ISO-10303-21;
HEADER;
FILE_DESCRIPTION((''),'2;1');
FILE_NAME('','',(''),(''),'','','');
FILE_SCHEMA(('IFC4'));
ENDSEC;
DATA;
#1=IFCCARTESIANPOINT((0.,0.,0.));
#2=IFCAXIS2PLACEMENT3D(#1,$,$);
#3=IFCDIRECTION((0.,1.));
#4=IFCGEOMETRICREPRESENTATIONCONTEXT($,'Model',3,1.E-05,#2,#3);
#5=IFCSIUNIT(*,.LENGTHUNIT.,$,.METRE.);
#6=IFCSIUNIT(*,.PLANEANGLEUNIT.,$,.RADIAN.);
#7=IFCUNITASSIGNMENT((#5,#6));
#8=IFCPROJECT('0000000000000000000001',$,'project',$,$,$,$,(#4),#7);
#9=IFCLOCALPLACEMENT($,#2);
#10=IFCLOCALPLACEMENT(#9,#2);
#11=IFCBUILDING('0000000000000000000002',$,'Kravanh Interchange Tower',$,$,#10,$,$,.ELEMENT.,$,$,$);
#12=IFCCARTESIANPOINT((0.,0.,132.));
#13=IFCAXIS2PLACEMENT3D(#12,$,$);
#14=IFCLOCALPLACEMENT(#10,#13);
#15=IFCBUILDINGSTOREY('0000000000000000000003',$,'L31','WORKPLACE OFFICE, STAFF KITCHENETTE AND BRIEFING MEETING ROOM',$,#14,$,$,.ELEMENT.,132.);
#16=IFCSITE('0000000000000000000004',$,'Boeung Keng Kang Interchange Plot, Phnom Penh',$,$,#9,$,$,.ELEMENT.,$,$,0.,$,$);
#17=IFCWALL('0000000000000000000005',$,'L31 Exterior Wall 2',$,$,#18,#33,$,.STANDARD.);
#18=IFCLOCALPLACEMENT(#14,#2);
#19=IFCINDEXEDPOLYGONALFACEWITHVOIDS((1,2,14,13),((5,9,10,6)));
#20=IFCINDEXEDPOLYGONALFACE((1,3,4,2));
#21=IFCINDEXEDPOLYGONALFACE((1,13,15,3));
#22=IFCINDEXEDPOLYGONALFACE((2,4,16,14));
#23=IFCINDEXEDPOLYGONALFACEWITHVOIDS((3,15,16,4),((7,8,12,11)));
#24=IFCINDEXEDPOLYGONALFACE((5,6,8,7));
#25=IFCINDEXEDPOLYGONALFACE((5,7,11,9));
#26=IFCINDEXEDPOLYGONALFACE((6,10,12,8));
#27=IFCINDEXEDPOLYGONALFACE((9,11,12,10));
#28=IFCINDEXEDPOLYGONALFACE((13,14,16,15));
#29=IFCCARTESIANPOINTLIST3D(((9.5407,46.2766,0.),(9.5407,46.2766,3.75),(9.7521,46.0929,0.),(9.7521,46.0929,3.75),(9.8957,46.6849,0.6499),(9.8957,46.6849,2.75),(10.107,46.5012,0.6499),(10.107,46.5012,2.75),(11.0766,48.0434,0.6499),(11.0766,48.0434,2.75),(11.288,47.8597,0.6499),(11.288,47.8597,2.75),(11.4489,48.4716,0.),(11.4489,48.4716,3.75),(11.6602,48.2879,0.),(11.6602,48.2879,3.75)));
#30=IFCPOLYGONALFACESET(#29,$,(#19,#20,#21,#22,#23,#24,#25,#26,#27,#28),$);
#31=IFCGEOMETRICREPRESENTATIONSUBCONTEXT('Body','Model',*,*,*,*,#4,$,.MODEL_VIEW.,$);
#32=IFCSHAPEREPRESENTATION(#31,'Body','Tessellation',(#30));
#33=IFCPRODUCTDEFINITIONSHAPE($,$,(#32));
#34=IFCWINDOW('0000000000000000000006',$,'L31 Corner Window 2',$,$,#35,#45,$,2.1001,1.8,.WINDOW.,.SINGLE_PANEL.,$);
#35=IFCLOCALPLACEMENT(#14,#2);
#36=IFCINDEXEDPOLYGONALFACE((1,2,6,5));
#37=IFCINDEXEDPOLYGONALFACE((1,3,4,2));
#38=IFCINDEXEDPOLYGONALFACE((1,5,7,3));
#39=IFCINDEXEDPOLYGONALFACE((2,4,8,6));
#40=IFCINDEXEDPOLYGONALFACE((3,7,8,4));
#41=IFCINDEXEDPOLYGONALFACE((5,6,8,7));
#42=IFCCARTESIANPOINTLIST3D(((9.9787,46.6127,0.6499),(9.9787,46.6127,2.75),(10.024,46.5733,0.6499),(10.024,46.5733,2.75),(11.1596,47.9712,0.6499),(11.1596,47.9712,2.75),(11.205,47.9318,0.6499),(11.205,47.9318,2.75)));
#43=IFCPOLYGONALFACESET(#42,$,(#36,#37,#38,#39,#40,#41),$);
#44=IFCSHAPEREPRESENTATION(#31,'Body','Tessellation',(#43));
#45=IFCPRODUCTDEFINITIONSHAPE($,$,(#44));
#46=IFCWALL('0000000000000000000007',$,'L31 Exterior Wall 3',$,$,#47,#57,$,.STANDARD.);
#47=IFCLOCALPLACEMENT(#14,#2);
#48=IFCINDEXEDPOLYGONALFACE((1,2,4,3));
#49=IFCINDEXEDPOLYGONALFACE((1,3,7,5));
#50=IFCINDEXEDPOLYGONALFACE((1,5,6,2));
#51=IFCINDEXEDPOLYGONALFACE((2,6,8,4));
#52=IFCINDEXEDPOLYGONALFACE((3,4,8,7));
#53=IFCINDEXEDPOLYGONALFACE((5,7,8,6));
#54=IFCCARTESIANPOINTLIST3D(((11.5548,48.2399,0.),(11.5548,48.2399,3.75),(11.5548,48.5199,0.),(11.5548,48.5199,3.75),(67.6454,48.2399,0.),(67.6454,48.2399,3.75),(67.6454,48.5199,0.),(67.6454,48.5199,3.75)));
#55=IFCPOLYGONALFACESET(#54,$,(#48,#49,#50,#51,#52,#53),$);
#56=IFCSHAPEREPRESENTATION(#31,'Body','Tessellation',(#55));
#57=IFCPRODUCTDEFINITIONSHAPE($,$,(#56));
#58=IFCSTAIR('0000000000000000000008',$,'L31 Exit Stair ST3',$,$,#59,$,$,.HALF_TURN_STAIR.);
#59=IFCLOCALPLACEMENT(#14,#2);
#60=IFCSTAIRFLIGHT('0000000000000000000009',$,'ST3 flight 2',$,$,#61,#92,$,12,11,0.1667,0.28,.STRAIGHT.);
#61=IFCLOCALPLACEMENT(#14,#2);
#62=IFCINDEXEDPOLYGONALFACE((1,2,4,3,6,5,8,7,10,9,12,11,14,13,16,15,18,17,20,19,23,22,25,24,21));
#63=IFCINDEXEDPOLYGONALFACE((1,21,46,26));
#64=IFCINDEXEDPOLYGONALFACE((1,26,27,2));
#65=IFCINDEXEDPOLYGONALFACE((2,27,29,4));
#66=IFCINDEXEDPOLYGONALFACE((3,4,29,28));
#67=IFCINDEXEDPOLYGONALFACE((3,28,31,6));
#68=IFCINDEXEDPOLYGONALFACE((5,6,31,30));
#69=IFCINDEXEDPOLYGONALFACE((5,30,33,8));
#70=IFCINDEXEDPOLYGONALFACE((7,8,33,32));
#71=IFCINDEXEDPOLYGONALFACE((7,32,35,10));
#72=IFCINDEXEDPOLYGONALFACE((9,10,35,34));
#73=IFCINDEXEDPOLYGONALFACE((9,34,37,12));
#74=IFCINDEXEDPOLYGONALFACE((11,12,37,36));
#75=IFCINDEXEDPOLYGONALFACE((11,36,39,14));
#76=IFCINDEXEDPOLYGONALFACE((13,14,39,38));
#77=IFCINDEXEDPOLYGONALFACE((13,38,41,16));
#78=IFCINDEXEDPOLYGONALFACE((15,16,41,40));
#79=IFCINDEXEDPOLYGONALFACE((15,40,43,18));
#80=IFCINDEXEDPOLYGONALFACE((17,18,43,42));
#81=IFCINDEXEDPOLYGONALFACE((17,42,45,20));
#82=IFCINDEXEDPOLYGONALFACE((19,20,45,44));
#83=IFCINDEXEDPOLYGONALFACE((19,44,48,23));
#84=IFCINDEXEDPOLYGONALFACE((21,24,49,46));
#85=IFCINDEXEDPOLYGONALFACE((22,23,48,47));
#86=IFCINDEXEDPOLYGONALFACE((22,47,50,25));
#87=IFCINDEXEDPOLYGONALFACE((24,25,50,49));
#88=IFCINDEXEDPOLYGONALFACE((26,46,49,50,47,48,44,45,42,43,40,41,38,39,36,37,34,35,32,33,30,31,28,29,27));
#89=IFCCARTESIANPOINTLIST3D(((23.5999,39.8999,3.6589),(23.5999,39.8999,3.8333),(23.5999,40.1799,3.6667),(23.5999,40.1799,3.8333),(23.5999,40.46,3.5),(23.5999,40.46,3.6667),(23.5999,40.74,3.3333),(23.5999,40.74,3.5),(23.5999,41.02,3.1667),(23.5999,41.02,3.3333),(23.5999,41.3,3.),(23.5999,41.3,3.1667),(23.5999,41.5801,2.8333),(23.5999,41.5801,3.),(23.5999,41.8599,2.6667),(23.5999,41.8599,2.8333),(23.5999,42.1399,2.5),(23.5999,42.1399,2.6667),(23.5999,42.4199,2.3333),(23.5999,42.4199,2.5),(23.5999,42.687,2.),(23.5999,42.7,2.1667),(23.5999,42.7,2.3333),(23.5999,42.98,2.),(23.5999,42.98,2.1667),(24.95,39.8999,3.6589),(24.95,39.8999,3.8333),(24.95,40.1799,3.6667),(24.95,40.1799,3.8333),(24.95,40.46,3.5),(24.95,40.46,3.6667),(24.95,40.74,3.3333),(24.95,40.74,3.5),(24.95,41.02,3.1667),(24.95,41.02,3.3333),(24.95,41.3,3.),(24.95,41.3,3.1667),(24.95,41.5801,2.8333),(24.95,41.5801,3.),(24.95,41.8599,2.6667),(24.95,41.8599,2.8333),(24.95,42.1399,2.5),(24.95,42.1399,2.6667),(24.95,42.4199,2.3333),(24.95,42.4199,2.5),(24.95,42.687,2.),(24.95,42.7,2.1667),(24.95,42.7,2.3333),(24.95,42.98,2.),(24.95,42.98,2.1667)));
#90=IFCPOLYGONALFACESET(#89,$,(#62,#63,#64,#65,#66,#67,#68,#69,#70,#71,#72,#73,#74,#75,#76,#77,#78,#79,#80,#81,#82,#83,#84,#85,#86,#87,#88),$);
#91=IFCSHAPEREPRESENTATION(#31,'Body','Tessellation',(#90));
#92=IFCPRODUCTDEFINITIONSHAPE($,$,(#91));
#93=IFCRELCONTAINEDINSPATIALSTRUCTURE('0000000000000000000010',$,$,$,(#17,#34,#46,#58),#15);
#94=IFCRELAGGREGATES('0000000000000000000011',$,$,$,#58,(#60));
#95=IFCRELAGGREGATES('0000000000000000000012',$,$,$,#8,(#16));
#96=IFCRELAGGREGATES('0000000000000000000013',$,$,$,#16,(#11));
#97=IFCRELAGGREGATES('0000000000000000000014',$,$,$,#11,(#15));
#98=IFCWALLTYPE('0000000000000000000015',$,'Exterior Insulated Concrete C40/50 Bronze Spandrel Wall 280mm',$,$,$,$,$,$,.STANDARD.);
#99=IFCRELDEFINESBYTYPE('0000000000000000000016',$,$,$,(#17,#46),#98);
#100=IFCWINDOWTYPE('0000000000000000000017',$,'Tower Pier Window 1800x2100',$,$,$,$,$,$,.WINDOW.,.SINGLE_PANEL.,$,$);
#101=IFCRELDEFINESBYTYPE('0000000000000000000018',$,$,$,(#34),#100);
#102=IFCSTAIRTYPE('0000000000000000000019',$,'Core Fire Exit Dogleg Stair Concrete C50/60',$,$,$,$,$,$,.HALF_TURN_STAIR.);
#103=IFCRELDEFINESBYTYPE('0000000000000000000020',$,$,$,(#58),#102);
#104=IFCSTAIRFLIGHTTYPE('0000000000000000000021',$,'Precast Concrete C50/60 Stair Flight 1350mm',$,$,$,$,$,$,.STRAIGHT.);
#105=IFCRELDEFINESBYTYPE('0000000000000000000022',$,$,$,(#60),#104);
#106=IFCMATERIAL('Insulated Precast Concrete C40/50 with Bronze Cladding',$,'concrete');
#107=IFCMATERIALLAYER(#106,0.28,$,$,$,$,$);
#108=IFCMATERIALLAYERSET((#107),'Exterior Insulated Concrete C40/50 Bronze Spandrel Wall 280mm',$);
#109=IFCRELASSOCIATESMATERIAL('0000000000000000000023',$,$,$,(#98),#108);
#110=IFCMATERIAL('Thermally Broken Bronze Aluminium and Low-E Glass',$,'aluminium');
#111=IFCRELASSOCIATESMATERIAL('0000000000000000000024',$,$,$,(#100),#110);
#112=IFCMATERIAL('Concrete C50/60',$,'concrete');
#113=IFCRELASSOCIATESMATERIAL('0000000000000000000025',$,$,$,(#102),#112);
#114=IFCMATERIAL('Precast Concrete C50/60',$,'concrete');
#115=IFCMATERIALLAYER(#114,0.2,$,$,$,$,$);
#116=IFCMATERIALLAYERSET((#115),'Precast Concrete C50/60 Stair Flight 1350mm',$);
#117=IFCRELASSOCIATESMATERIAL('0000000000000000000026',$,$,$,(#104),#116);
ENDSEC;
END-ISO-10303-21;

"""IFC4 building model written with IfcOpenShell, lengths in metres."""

from ifc_helpers import new_model, si_unit, direction, frame, frame_2d, origin, place, context, subcontext, project, spatial, polyline, rectangle, outline, extrude, material, layer, layer_set, type_object, element, fill, aggregate, save


model = new_model("IFC4")

# Units and contexts
model_context = context("Model", 3, precision=1e-05, world=origin(), true_north=direction((0.0, 1.0)))
body_context = subcontext(model_context, "Body", "Model", "MODEL_VIEW")
ifc_project = project(units=[si_unit("LENGTHUNIT", "METRE"), si_unit("PLANEANGLEUNIT", "RADIAN")], contexts=[model_context])

# Site, building, storey
site_placement = place(None, origin())
site = spatial("IfcSite", under=ifc_project, at=site_placement, Name="Boeung Keng Kang Interchange Plot, Phnom Penh", CompositionType="ELEMENT", RefElevation=0.0)
building_placement = place(site_placement, origin())
building = spatial("IfcBuilding", under=site, at=building_placement, Name="Kravanh Interchange Tower", CompositionType="ELEMENT")
storey_placement = place(building_placement, frame((0.0, 0.0, 132.0)))
storey = spatial("IfcBuildingStorey", under=building, at=storey_placement, Name="L31", Description="WORKPLACE OFFICE, STAFF KITCHENETTE AND BRIEFING MEETING ROOM", CompositionType="ELEMENT", Elevation=132.0)

# Wall, opening, window
ifc_material_1 = material(Name="Insulated Precast Concrete C40/50 with Bronze Cladding", Category="concrete")
ifc_layer_1 = layer(ifc_material_1, 0.28)
ifc_layer_set_1 = layer_set([ifc_layer_1], Name="Exterior Insulated Concrete C40/50 Bronze Spandrel Wall 280mm")
wall_type_1 = type_object("IfcWallType", Name="Exterior Insulated Concrete C40/50 Bronze Spandrel Wall 280mm", PredefinedType="STANDARD", material=ifc_layer_set_1)
ifc_material_2 = material(Name="Thermally Broken Bronze Aluminium and Low-E Glass", Category="aluminium")
window_type = type_object("IfcWindowType", Name="Tower Pier Window 1800x2100", PartitioningType="SINGLE_PANEL", PredefinedType="WINDOW", material=ifc_material_2)
wall_1_placement = place(storey_placement, frame((9.6465, 46.1848, 0.0), z_axis=(0.0, 0.0, 1.0), x_axis=(0.656071, 0.754699, 0.0)))
wall_1 = element("IfcWall", 1, at=wall_1_placement, inside=storey, type_object=wall_type_1, Name="L31 Exterior Wall 2", PredefinedType="STANDARD", context=body_context, shape_type="SweptSolid", body=[
    extrude(rectangle(XDim=2.9084, YDim=0.28, at=frame_2d((1.4541, 0.0))), origin(), (0.0, 0.0, 1.0), 3.75),
])
opening_1_placement = place(wall_1_placement, frame((0.541, 0.0, 0.6499)))
opening_1 = element("IfcOpeningElement", 2, at=opening_1_placement, cuts=wall_1, PredefinedType="OPENING", context=body_context, shape_type="SweptSolid", body=[
    extrude(rectangle(XDim=1.8, YDim=2.1001, at=frame_2d((0.8999, 1.05))), frame((0.0, 0.1499, 0.0), z_axis=(0.0, -1.0, 0.0), x_axis=(1.0, 0.0, 0.0)), (0.0, 0.0, 1.0), 0.3),
])
window_1_placement = place(opening_1_placement, origin())
window_1 = element("IfcWindow", 3, at=window_1_placement, inside=storey, type_object=window_type, Name="L31 Corner Window 2", OverallHeight=2.1001, OverallWidth=1.8, PartitioningType="SINGLE_PANEL", PredefinedType="WINDOW", context=body_context, shape_type="SweptSolid", body=[
    extrude(rectangle(XDim=1.8, YDim=2.1001, at=frame_2d((0.8999, 1.05))), frame((0.0, 0.03, 0.0), z_axis=(0.0, -1.0, 0.0), x_axis=(1.0, 0.0, 0.0)), (0.0, 0.0, 1.0), 0.0601),
])
fill(opening_1, window_1)

# Wall
wall_2_placement = place(storey_placement, frame((11.5547, 48.3799, 0.0), z_axis=(0.0, 0.0, 1.0), x_axis=(1.0, 0.0, 0.0)))
element("IfcWall", 4, at=wall_2_placement, inside=storey, type_object=wall_type_1, Name="L31 Exterior Wall 3", PredefinedType="STANDARD", context=body_context, shape_type="SweptSolid", body=[
    extrude(rectangle(XDim=56.0906, YDim=0.28, at=frame_2d((28.0454, 0.0))), origin(), (0.0, 0.0, 1.0), 3.75),
])

# Stair, stair flight
ifc_material_3 = material(Name="Concrete C50/60", Category="concrete")
stair_type = type_object("IfcStairType", Name="Core Fire Exit Dogleg Stair Concrete C50/60", PredefinedType="HALF_TURN_STAIR", material=ifc_material_3)
stair_placement = place(storey_placement, origin())
stair = element("IfcStair", 5, at=stair_placement, inside=storey, type_object=stair_type, Name="L31 Exit Stair ST3", PredefinedType="HALF_TURN_STAIR")
ifc_material_4 = material(Name="Precast Concrete C50/60", Category="concrete")
ifc_layer_2 = layer(ifc_material_4, 0.2)
ifc_layer_set_2 = layer_set([ifc_layer_2], Name="Precast Concrete C50/60 Stair Flight 1350mm")
stair_flight_type = type_object("IfcStairFlightType", Name="Precast Concrete C50/60 Stair Flight 1350mm", PredefinedType="STRAIGHT", material=ifc_layer_set_2)
stair_flight_placement = place(storey_placement, frame((24.2749, 42.98, 2.0), z_axis=(0.0, 0.0, 1.0), x_axis=(0.0, -1.0, 0.0)))
stair_flight = element("IfcStairFlight", 6, at=stair_flight_placement, type_object=stair_flight_type, Name="ST3 flight 2", NumberOfRisers=12, NumberOfTreads=11, PredefinedType="STRAIGHT", RiserHeight=0.1667, TreadLength=0.28, context=body_context, shape_type="SweptSolid", body=[
    extrude(outline(polyline([(0.0, 0.0), (0.0, 0.1667), (0.28, 0.1667), (0.28, 0.3333), (0.5601, 0.3333), (0.5601, 0.5), (0.8401, 0.5), (0.8401, 0.6667), (1.1201, 0.6667), (1.1201, 0.8333), (1.3999, 0.8333), (1.3999, 1.0), (1.6799, 1.0), (1.6799, 1.1667), (1.96, 1.1667), (1.96, 1.3333), (2.24, 1.3333), (2.24, 1.5), (2.52, 1.5), (2.52, 1.6667), (2.8, 1.6667), (2.8, 1.8333), (3.0801, 1.8333), (3.0801, 2.0), (3.0801, 1.6589), (0.293, 0.0), (0.0, 0.0)])), frame((0.0, 0.675, 0.0), z_axis=(0.0, -1.0, 0.0), x_axis=(1.0, 0.0, 0.0)), (0.0, 0.0, 1.0), 1.3501),
])
aggregate(stair, [stair_flight])

save(model, "model.ifc")
